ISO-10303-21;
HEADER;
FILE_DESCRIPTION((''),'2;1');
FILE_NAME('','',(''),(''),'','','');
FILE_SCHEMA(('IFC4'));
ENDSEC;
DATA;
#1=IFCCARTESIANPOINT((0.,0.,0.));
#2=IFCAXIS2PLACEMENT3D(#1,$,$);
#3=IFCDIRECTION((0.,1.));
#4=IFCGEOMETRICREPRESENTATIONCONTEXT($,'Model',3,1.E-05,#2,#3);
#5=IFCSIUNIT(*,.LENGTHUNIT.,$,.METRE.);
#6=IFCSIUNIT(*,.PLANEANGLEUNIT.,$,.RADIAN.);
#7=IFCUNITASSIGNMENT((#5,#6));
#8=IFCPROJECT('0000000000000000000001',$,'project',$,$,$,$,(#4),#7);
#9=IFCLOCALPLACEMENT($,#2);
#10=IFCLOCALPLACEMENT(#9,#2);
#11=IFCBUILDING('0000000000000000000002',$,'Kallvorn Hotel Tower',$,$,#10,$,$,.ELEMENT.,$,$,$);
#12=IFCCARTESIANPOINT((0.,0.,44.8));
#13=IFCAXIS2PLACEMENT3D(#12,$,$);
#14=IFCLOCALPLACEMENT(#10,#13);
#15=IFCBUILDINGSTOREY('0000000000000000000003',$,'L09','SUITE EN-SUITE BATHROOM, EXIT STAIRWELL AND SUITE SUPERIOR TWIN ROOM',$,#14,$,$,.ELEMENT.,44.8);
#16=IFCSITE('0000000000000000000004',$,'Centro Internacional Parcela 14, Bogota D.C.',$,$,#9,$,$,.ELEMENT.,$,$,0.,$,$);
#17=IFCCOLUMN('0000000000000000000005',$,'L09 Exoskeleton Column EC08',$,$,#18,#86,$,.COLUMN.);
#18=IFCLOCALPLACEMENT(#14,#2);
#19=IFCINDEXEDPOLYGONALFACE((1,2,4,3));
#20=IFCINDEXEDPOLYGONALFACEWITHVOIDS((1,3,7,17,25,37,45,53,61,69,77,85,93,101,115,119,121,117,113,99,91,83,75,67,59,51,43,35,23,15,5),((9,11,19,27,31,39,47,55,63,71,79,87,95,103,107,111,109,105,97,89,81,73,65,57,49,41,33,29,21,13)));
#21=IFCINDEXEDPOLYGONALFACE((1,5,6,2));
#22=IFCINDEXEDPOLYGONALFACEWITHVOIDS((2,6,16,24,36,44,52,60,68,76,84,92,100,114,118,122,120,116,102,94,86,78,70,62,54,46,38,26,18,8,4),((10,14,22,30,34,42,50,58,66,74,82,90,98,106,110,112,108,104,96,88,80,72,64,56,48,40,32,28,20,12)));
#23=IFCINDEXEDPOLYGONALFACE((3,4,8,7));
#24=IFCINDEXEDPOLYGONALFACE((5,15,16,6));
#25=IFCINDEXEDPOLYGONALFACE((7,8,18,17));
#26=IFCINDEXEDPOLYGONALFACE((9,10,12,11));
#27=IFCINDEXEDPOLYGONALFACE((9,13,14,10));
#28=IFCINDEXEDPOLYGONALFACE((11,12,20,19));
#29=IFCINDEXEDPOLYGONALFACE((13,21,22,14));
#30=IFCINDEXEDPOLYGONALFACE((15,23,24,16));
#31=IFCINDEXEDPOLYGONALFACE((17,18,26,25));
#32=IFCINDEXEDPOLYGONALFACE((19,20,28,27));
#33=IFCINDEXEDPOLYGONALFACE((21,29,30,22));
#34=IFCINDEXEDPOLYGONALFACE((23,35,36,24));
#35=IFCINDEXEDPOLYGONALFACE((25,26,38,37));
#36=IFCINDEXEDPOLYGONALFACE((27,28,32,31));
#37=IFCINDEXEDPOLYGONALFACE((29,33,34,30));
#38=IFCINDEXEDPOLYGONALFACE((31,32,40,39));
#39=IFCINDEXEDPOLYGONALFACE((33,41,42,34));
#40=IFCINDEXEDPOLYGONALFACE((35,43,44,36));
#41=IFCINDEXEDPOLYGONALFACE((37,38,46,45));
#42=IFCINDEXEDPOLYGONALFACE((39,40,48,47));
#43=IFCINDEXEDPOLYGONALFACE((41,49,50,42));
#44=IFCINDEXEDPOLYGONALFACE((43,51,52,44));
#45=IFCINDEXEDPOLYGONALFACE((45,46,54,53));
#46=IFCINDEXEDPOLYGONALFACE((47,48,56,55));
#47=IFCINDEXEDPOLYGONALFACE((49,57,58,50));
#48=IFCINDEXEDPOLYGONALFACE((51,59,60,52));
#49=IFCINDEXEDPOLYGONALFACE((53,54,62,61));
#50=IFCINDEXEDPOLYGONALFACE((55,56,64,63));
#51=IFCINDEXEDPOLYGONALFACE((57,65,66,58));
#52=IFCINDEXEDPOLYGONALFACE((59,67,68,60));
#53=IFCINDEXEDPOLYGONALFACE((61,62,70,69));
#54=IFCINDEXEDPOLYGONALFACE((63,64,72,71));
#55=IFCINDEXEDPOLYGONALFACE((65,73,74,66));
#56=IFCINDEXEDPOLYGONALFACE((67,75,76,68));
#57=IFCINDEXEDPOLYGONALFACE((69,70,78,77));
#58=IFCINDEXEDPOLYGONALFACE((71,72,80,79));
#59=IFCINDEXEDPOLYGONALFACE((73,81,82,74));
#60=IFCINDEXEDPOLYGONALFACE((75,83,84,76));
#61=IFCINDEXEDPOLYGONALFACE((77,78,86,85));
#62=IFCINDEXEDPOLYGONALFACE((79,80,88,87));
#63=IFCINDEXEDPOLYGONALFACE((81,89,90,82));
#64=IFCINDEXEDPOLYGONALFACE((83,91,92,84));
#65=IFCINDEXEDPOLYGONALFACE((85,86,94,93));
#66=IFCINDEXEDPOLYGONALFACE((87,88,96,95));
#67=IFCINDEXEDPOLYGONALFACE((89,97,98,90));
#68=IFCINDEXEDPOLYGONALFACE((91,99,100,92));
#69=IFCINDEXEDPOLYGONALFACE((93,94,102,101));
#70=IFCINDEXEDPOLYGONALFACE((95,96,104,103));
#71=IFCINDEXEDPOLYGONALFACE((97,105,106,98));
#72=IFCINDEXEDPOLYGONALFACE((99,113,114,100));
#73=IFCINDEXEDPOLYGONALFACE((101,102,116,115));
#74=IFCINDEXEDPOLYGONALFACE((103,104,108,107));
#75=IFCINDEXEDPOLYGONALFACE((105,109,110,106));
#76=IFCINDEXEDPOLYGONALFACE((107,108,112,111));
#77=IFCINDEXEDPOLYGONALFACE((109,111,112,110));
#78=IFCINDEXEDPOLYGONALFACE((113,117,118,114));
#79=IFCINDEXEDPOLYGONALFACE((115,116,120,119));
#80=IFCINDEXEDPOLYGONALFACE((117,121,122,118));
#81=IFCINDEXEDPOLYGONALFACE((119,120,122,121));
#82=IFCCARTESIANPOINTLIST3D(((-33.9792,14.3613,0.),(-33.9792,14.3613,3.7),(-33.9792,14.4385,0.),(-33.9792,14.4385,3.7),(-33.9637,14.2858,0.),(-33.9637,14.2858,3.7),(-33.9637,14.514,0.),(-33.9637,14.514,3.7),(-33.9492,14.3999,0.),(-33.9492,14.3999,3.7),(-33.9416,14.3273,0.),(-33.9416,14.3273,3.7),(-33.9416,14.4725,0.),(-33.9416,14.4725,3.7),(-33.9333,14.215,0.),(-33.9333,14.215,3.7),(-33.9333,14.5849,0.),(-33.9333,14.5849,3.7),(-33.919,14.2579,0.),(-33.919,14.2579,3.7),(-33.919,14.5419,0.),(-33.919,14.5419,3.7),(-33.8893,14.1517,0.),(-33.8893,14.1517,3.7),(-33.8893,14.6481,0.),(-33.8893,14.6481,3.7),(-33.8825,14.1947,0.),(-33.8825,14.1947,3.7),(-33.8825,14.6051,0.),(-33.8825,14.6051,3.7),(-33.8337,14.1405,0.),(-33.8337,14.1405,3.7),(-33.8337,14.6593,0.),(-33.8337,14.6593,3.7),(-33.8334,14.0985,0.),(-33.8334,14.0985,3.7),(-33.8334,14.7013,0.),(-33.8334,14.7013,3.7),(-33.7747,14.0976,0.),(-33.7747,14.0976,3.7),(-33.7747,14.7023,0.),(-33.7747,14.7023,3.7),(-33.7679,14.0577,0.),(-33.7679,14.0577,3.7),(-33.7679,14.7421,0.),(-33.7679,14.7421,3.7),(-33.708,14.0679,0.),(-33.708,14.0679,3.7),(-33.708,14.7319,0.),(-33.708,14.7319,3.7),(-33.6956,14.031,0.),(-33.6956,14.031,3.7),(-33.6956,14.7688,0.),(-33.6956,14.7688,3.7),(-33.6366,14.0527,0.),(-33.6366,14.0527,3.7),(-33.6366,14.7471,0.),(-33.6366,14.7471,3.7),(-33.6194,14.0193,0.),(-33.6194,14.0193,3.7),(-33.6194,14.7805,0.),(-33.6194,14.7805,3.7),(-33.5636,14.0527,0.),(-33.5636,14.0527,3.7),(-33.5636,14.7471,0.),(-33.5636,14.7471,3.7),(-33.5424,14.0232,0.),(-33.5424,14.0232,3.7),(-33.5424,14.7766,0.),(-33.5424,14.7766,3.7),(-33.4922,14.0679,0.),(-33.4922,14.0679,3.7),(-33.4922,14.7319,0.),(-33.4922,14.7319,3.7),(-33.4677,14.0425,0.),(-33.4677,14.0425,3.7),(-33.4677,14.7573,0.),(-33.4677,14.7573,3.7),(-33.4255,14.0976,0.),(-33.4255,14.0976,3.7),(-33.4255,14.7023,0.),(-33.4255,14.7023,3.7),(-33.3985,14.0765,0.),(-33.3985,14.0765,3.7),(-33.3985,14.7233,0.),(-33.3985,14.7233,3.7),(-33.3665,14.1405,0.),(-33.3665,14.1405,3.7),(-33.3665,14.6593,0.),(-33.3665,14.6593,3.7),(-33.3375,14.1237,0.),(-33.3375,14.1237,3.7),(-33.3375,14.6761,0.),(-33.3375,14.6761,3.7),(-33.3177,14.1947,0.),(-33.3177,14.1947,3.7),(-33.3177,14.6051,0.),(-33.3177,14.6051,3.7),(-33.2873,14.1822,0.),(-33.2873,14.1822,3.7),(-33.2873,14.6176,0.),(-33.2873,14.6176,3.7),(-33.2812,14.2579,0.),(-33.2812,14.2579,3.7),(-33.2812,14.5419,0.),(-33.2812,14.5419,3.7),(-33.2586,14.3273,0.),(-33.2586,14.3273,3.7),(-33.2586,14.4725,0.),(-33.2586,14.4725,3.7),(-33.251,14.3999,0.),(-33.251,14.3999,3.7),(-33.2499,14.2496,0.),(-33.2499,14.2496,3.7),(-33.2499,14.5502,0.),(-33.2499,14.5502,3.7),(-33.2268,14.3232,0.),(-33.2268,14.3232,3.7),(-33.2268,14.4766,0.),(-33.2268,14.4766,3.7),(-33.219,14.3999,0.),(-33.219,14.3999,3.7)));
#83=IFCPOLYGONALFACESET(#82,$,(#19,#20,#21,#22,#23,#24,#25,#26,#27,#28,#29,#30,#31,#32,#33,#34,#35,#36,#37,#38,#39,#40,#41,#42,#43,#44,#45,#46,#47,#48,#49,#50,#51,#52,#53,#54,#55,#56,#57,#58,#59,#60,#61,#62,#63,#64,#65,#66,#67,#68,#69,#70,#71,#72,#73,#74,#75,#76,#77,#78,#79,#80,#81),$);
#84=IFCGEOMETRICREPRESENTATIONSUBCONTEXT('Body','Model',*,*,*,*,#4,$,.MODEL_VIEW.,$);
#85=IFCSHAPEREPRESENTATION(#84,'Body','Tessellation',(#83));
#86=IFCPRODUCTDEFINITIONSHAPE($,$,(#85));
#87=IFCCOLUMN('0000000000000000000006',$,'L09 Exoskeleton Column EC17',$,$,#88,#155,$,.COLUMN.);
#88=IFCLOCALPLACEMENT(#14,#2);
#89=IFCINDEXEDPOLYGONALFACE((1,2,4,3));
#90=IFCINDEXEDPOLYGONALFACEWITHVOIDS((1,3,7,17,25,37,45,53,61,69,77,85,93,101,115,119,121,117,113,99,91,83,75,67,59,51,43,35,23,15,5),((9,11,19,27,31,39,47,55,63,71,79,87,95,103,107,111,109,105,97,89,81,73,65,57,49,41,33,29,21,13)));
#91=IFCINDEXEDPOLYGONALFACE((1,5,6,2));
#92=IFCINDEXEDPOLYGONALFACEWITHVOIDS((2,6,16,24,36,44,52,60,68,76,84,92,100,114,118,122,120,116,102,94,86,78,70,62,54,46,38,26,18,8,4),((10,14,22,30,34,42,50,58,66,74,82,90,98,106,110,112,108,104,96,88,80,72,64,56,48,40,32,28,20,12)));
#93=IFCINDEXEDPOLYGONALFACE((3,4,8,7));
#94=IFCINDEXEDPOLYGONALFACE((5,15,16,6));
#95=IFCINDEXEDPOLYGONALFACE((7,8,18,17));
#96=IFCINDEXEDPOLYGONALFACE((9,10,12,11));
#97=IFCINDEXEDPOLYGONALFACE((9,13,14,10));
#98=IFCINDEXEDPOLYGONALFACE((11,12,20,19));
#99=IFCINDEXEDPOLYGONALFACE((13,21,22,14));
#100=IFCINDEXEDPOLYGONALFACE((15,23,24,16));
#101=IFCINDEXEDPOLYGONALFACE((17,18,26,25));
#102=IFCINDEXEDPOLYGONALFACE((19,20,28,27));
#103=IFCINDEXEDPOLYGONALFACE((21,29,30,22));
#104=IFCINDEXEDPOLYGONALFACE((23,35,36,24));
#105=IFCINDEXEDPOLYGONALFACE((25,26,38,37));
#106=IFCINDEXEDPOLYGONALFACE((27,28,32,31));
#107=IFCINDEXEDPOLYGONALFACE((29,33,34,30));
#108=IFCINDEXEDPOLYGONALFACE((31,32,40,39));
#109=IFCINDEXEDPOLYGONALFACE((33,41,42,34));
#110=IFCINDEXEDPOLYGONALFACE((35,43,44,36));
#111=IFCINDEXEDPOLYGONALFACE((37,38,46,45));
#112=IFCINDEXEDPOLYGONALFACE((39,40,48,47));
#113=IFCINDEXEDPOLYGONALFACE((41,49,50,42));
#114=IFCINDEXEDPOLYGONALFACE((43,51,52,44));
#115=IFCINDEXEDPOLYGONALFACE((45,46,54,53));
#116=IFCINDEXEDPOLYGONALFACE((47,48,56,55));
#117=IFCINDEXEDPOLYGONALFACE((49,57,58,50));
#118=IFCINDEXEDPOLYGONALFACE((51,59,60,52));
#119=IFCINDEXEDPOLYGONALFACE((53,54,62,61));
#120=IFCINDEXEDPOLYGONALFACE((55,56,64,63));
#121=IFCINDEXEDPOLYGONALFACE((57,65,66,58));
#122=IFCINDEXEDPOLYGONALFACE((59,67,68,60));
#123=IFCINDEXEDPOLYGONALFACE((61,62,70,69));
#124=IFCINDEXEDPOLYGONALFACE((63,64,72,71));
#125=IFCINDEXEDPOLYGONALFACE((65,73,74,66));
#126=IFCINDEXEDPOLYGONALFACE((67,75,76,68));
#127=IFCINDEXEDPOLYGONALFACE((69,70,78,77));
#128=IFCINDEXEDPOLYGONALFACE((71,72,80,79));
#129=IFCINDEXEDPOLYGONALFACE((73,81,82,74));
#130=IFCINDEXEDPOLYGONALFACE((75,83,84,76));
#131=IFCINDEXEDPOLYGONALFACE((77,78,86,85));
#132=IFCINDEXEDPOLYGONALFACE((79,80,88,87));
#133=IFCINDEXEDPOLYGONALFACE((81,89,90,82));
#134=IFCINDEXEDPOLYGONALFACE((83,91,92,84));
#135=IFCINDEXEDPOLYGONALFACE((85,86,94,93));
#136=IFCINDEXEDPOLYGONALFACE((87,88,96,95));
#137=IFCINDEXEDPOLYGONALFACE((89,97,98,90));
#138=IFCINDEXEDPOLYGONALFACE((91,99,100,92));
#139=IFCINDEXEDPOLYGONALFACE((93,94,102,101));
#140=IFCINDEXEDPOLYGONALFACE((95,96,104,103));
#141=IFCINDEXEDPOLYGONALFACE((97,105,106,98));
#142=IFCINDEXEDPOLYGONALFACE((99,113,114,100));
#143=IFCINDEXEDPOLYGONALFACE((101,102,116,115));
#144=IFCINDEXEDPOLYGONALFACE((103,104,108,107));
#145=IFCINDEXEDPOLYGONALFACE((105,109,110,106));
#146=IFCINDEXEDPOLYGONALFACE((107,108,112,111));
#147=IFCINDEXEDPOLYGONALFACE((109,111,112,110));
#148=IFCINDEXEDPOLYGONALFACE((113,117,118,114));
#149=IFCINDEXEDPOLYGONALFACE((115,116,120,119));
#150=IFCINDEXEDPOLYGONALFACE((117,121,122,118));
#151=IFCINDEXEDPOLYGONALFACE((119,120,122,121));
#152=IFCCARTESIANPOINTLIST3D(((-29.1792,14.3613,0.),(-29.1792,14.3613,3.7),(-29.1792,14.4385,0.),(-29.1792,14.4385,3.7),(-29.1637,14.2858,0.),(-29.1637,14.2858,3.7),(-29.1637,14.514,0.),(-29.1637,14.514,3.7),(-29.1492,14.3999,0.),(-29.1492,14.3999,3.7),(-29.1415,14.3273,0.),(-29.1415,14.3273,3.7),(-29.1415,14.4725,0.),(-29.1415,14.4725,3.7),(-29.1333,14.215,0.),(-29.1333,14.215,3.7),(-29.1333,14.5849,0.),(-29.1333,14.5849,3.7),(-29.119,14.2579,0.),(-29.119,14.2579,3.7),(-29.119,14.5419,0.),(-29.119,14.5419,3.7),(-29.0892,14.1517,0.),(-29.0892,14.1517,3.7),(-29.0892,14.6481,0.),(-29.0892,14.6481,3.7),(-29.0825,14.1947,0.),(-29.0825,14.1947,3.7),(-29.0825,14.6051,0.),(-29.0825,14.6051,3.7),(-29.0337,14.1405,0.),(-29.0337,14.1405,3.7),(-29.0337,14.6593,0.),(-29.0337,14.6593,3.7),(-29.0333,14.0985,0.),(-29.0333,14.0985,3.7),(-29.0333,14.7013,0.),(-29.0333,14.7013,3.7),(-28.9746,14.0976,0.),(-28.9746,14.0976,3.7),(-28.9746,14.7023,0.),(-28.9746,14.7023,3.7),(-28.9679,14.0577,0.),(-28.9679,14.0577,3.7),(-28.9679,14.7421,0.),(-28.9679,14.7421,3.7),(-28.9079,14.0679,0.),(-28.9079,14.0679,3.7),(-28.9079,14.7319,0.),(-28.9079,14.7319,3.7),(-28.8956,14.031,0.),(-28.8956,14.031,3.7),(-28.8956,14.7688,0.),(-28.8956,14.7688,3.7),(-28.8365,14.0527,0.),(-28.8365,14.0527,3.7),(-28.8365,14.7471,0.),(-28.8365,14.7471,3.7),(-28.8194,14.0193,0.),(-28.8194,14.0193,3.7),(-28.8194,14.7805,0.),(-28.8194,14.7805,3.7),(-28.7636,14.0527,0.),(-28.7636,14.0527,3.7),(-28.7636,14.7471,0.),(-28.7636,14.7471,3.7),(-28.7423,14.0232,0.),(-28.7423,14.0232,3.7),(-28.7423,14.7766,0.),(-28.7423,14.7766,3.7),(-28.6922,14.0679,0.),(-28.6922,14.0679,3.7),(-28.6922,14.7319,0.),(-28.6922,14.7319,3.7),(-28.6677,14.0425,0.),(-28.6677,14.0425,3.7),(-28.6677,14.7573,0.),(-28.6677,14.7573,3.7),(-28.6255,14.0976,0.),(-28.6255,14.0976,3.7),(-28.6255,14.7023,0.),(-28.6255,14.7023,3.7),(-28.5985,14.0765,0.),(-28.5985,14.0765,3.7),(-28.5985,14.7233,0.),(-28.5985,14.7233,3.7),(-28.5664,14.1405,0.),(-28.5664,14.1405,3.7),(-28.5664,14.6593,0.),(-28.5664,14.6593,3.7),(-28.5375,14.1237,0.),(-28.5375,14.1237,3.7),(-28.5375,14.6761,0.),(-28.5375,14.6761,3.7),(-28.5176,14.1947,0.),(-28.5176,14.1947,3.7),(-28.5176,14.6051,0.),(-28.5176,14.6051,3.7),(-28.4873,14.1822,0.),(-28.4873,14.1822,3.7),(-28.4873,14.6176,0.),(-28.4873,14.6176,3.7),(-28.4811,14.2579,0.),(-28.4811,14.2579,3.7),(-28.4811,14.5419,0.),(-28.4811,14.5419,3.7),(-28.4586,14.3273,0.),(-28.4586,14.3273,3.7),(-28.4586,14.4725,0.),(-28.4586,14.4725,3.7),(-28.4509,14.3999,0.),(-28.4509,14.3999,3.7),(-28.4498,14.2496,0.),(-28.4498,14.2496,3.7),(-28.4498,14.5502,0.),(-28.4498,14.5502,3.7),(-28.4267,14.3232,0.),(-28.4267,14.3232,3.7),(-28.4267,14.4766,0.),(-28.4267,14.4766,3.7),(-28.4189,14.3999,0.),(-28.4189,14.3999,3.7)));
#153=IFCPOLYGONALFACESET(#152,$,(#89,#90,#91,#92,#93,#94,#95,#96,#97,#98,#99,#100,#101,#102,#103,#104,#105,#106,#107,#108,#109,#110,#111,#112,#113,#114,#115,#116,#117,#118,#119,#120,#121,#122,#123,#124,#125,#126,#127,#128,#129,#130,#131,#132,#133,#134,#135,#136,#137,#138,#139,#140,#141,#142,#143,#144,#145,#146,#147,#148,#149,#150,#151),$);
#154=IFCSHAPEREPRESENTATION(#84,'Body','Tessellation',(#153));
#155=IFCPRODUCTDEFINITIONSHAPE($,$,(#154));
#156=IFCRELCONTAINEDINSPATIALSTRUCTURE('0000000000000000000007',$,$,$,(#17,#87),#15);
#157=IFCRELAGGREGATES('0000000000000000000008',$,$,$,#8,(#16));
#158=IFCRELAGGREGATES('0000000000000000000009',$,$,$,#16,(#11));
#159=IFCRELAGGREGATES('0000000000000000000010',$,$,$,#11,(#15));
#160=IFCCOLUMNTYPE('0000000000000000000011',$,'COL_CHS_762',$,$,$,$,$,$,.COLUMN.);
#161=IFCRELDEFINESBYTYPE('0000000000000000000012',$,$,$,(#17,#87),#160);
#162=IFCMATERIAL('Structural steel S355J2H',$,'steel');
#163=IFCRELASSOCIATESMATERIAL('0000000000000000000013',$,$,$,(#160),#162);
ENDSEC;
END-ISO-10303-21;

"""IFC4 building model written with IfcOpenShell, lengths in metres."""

from ifc_helpers import new_model, si_unit, direction, frame, origin, origin_2d, place, context, subcontext, project, spatial, hollow_circle, extrude, material, material_profile, profile_set, type_object, element, save


model = new_model("IFC4")

# Units and contexts
model_context = context("Model", 3, precision=1e-05, world=origin(), true_north=direction((0.0, 1.0)))
body_context = subcontext(model_context, "Body", "Model", "MODEL_VIEW")
ifc_project = project(units=[si_unit("LENGTHUNIT", "METRE"), si_unit("PLANEANGLEUNIT", "RADIAN")], contexts=[model_context])

# Site, building, storey
site_placement = place(None, origin())
site = spatial("IfcSite", under=ifc_project, at=site_placement, Name="Centro Internacional Parcela 14, Bogota D.C.", CompositionType="ELEMENT", RefElevation=0.0)
building_placement = place(site_placement, origin())
building = spatial("IfcBuilding", under=site, at=building_placement, Name="Kallvorn Hotel Tower", CompositionType="ELEMENT")
storey_placement = place(building_placement, frame((0.0, 0.0, 44.8)))
storey = spatial("IfcBuildingStorey", under=building, at=storey_placement, Name="L09", Description="SUITE EN-SUITE BATHROOM, EXIT STAIRWELL AND SUITE SUPERIOR TWIN ROOM", CompositionType="ELEMENT", Elevation=44.8)

# Columns
ifc_material_1 = material(Name="Structural steel S355J2H", Category="steel")
ifc_material_profile_1 = material_profile(ifc_material_1, hollow_circle(Radius=0.3811, WallThickness=0.032, at=origin_2d()), Name="CHS 762x32")
ifc_profile_set_1 = profile_set([ifc_material_profile_1], Name="Structural steel S355J2H")
column_type_1 = type_object("IfcColumnType", Name="COL_CHS_762", PredefinedType="COLUMN", material=ifc_profile_set_1)
for number, where, z_axis, x_axis, name in (
    (1, (-33.6001, 14.3999, 0.0), (0.0, 0.0, 1.0), (1.0, 0.0, 0.0), "L09 Exoskeleton Column EC08"),
    (2, (-28.8, 14.3999, 0.0), (0.0, 0.0, 1.0), (1.0, 0.0, 0.0), "L09 Exoskeleton Column EC17"),
):
    element("IfcColumn", number, at=place(storey_placement, frame(where, z_axis=z_axis, x_axis=x_axis)), inside=storey, type_object=column_type_1, Name=name, PredefinedType="COLUMN", context=body_context, shape_type="SweptSolid", body=[
        extrude(hollow_circle(Radius=0.3811, WallThickness=0.032, at=origin_2d()), origin(), (0.0, 0.0, 1.0), 3.7),
    ])

save(model, "model.ifc")
